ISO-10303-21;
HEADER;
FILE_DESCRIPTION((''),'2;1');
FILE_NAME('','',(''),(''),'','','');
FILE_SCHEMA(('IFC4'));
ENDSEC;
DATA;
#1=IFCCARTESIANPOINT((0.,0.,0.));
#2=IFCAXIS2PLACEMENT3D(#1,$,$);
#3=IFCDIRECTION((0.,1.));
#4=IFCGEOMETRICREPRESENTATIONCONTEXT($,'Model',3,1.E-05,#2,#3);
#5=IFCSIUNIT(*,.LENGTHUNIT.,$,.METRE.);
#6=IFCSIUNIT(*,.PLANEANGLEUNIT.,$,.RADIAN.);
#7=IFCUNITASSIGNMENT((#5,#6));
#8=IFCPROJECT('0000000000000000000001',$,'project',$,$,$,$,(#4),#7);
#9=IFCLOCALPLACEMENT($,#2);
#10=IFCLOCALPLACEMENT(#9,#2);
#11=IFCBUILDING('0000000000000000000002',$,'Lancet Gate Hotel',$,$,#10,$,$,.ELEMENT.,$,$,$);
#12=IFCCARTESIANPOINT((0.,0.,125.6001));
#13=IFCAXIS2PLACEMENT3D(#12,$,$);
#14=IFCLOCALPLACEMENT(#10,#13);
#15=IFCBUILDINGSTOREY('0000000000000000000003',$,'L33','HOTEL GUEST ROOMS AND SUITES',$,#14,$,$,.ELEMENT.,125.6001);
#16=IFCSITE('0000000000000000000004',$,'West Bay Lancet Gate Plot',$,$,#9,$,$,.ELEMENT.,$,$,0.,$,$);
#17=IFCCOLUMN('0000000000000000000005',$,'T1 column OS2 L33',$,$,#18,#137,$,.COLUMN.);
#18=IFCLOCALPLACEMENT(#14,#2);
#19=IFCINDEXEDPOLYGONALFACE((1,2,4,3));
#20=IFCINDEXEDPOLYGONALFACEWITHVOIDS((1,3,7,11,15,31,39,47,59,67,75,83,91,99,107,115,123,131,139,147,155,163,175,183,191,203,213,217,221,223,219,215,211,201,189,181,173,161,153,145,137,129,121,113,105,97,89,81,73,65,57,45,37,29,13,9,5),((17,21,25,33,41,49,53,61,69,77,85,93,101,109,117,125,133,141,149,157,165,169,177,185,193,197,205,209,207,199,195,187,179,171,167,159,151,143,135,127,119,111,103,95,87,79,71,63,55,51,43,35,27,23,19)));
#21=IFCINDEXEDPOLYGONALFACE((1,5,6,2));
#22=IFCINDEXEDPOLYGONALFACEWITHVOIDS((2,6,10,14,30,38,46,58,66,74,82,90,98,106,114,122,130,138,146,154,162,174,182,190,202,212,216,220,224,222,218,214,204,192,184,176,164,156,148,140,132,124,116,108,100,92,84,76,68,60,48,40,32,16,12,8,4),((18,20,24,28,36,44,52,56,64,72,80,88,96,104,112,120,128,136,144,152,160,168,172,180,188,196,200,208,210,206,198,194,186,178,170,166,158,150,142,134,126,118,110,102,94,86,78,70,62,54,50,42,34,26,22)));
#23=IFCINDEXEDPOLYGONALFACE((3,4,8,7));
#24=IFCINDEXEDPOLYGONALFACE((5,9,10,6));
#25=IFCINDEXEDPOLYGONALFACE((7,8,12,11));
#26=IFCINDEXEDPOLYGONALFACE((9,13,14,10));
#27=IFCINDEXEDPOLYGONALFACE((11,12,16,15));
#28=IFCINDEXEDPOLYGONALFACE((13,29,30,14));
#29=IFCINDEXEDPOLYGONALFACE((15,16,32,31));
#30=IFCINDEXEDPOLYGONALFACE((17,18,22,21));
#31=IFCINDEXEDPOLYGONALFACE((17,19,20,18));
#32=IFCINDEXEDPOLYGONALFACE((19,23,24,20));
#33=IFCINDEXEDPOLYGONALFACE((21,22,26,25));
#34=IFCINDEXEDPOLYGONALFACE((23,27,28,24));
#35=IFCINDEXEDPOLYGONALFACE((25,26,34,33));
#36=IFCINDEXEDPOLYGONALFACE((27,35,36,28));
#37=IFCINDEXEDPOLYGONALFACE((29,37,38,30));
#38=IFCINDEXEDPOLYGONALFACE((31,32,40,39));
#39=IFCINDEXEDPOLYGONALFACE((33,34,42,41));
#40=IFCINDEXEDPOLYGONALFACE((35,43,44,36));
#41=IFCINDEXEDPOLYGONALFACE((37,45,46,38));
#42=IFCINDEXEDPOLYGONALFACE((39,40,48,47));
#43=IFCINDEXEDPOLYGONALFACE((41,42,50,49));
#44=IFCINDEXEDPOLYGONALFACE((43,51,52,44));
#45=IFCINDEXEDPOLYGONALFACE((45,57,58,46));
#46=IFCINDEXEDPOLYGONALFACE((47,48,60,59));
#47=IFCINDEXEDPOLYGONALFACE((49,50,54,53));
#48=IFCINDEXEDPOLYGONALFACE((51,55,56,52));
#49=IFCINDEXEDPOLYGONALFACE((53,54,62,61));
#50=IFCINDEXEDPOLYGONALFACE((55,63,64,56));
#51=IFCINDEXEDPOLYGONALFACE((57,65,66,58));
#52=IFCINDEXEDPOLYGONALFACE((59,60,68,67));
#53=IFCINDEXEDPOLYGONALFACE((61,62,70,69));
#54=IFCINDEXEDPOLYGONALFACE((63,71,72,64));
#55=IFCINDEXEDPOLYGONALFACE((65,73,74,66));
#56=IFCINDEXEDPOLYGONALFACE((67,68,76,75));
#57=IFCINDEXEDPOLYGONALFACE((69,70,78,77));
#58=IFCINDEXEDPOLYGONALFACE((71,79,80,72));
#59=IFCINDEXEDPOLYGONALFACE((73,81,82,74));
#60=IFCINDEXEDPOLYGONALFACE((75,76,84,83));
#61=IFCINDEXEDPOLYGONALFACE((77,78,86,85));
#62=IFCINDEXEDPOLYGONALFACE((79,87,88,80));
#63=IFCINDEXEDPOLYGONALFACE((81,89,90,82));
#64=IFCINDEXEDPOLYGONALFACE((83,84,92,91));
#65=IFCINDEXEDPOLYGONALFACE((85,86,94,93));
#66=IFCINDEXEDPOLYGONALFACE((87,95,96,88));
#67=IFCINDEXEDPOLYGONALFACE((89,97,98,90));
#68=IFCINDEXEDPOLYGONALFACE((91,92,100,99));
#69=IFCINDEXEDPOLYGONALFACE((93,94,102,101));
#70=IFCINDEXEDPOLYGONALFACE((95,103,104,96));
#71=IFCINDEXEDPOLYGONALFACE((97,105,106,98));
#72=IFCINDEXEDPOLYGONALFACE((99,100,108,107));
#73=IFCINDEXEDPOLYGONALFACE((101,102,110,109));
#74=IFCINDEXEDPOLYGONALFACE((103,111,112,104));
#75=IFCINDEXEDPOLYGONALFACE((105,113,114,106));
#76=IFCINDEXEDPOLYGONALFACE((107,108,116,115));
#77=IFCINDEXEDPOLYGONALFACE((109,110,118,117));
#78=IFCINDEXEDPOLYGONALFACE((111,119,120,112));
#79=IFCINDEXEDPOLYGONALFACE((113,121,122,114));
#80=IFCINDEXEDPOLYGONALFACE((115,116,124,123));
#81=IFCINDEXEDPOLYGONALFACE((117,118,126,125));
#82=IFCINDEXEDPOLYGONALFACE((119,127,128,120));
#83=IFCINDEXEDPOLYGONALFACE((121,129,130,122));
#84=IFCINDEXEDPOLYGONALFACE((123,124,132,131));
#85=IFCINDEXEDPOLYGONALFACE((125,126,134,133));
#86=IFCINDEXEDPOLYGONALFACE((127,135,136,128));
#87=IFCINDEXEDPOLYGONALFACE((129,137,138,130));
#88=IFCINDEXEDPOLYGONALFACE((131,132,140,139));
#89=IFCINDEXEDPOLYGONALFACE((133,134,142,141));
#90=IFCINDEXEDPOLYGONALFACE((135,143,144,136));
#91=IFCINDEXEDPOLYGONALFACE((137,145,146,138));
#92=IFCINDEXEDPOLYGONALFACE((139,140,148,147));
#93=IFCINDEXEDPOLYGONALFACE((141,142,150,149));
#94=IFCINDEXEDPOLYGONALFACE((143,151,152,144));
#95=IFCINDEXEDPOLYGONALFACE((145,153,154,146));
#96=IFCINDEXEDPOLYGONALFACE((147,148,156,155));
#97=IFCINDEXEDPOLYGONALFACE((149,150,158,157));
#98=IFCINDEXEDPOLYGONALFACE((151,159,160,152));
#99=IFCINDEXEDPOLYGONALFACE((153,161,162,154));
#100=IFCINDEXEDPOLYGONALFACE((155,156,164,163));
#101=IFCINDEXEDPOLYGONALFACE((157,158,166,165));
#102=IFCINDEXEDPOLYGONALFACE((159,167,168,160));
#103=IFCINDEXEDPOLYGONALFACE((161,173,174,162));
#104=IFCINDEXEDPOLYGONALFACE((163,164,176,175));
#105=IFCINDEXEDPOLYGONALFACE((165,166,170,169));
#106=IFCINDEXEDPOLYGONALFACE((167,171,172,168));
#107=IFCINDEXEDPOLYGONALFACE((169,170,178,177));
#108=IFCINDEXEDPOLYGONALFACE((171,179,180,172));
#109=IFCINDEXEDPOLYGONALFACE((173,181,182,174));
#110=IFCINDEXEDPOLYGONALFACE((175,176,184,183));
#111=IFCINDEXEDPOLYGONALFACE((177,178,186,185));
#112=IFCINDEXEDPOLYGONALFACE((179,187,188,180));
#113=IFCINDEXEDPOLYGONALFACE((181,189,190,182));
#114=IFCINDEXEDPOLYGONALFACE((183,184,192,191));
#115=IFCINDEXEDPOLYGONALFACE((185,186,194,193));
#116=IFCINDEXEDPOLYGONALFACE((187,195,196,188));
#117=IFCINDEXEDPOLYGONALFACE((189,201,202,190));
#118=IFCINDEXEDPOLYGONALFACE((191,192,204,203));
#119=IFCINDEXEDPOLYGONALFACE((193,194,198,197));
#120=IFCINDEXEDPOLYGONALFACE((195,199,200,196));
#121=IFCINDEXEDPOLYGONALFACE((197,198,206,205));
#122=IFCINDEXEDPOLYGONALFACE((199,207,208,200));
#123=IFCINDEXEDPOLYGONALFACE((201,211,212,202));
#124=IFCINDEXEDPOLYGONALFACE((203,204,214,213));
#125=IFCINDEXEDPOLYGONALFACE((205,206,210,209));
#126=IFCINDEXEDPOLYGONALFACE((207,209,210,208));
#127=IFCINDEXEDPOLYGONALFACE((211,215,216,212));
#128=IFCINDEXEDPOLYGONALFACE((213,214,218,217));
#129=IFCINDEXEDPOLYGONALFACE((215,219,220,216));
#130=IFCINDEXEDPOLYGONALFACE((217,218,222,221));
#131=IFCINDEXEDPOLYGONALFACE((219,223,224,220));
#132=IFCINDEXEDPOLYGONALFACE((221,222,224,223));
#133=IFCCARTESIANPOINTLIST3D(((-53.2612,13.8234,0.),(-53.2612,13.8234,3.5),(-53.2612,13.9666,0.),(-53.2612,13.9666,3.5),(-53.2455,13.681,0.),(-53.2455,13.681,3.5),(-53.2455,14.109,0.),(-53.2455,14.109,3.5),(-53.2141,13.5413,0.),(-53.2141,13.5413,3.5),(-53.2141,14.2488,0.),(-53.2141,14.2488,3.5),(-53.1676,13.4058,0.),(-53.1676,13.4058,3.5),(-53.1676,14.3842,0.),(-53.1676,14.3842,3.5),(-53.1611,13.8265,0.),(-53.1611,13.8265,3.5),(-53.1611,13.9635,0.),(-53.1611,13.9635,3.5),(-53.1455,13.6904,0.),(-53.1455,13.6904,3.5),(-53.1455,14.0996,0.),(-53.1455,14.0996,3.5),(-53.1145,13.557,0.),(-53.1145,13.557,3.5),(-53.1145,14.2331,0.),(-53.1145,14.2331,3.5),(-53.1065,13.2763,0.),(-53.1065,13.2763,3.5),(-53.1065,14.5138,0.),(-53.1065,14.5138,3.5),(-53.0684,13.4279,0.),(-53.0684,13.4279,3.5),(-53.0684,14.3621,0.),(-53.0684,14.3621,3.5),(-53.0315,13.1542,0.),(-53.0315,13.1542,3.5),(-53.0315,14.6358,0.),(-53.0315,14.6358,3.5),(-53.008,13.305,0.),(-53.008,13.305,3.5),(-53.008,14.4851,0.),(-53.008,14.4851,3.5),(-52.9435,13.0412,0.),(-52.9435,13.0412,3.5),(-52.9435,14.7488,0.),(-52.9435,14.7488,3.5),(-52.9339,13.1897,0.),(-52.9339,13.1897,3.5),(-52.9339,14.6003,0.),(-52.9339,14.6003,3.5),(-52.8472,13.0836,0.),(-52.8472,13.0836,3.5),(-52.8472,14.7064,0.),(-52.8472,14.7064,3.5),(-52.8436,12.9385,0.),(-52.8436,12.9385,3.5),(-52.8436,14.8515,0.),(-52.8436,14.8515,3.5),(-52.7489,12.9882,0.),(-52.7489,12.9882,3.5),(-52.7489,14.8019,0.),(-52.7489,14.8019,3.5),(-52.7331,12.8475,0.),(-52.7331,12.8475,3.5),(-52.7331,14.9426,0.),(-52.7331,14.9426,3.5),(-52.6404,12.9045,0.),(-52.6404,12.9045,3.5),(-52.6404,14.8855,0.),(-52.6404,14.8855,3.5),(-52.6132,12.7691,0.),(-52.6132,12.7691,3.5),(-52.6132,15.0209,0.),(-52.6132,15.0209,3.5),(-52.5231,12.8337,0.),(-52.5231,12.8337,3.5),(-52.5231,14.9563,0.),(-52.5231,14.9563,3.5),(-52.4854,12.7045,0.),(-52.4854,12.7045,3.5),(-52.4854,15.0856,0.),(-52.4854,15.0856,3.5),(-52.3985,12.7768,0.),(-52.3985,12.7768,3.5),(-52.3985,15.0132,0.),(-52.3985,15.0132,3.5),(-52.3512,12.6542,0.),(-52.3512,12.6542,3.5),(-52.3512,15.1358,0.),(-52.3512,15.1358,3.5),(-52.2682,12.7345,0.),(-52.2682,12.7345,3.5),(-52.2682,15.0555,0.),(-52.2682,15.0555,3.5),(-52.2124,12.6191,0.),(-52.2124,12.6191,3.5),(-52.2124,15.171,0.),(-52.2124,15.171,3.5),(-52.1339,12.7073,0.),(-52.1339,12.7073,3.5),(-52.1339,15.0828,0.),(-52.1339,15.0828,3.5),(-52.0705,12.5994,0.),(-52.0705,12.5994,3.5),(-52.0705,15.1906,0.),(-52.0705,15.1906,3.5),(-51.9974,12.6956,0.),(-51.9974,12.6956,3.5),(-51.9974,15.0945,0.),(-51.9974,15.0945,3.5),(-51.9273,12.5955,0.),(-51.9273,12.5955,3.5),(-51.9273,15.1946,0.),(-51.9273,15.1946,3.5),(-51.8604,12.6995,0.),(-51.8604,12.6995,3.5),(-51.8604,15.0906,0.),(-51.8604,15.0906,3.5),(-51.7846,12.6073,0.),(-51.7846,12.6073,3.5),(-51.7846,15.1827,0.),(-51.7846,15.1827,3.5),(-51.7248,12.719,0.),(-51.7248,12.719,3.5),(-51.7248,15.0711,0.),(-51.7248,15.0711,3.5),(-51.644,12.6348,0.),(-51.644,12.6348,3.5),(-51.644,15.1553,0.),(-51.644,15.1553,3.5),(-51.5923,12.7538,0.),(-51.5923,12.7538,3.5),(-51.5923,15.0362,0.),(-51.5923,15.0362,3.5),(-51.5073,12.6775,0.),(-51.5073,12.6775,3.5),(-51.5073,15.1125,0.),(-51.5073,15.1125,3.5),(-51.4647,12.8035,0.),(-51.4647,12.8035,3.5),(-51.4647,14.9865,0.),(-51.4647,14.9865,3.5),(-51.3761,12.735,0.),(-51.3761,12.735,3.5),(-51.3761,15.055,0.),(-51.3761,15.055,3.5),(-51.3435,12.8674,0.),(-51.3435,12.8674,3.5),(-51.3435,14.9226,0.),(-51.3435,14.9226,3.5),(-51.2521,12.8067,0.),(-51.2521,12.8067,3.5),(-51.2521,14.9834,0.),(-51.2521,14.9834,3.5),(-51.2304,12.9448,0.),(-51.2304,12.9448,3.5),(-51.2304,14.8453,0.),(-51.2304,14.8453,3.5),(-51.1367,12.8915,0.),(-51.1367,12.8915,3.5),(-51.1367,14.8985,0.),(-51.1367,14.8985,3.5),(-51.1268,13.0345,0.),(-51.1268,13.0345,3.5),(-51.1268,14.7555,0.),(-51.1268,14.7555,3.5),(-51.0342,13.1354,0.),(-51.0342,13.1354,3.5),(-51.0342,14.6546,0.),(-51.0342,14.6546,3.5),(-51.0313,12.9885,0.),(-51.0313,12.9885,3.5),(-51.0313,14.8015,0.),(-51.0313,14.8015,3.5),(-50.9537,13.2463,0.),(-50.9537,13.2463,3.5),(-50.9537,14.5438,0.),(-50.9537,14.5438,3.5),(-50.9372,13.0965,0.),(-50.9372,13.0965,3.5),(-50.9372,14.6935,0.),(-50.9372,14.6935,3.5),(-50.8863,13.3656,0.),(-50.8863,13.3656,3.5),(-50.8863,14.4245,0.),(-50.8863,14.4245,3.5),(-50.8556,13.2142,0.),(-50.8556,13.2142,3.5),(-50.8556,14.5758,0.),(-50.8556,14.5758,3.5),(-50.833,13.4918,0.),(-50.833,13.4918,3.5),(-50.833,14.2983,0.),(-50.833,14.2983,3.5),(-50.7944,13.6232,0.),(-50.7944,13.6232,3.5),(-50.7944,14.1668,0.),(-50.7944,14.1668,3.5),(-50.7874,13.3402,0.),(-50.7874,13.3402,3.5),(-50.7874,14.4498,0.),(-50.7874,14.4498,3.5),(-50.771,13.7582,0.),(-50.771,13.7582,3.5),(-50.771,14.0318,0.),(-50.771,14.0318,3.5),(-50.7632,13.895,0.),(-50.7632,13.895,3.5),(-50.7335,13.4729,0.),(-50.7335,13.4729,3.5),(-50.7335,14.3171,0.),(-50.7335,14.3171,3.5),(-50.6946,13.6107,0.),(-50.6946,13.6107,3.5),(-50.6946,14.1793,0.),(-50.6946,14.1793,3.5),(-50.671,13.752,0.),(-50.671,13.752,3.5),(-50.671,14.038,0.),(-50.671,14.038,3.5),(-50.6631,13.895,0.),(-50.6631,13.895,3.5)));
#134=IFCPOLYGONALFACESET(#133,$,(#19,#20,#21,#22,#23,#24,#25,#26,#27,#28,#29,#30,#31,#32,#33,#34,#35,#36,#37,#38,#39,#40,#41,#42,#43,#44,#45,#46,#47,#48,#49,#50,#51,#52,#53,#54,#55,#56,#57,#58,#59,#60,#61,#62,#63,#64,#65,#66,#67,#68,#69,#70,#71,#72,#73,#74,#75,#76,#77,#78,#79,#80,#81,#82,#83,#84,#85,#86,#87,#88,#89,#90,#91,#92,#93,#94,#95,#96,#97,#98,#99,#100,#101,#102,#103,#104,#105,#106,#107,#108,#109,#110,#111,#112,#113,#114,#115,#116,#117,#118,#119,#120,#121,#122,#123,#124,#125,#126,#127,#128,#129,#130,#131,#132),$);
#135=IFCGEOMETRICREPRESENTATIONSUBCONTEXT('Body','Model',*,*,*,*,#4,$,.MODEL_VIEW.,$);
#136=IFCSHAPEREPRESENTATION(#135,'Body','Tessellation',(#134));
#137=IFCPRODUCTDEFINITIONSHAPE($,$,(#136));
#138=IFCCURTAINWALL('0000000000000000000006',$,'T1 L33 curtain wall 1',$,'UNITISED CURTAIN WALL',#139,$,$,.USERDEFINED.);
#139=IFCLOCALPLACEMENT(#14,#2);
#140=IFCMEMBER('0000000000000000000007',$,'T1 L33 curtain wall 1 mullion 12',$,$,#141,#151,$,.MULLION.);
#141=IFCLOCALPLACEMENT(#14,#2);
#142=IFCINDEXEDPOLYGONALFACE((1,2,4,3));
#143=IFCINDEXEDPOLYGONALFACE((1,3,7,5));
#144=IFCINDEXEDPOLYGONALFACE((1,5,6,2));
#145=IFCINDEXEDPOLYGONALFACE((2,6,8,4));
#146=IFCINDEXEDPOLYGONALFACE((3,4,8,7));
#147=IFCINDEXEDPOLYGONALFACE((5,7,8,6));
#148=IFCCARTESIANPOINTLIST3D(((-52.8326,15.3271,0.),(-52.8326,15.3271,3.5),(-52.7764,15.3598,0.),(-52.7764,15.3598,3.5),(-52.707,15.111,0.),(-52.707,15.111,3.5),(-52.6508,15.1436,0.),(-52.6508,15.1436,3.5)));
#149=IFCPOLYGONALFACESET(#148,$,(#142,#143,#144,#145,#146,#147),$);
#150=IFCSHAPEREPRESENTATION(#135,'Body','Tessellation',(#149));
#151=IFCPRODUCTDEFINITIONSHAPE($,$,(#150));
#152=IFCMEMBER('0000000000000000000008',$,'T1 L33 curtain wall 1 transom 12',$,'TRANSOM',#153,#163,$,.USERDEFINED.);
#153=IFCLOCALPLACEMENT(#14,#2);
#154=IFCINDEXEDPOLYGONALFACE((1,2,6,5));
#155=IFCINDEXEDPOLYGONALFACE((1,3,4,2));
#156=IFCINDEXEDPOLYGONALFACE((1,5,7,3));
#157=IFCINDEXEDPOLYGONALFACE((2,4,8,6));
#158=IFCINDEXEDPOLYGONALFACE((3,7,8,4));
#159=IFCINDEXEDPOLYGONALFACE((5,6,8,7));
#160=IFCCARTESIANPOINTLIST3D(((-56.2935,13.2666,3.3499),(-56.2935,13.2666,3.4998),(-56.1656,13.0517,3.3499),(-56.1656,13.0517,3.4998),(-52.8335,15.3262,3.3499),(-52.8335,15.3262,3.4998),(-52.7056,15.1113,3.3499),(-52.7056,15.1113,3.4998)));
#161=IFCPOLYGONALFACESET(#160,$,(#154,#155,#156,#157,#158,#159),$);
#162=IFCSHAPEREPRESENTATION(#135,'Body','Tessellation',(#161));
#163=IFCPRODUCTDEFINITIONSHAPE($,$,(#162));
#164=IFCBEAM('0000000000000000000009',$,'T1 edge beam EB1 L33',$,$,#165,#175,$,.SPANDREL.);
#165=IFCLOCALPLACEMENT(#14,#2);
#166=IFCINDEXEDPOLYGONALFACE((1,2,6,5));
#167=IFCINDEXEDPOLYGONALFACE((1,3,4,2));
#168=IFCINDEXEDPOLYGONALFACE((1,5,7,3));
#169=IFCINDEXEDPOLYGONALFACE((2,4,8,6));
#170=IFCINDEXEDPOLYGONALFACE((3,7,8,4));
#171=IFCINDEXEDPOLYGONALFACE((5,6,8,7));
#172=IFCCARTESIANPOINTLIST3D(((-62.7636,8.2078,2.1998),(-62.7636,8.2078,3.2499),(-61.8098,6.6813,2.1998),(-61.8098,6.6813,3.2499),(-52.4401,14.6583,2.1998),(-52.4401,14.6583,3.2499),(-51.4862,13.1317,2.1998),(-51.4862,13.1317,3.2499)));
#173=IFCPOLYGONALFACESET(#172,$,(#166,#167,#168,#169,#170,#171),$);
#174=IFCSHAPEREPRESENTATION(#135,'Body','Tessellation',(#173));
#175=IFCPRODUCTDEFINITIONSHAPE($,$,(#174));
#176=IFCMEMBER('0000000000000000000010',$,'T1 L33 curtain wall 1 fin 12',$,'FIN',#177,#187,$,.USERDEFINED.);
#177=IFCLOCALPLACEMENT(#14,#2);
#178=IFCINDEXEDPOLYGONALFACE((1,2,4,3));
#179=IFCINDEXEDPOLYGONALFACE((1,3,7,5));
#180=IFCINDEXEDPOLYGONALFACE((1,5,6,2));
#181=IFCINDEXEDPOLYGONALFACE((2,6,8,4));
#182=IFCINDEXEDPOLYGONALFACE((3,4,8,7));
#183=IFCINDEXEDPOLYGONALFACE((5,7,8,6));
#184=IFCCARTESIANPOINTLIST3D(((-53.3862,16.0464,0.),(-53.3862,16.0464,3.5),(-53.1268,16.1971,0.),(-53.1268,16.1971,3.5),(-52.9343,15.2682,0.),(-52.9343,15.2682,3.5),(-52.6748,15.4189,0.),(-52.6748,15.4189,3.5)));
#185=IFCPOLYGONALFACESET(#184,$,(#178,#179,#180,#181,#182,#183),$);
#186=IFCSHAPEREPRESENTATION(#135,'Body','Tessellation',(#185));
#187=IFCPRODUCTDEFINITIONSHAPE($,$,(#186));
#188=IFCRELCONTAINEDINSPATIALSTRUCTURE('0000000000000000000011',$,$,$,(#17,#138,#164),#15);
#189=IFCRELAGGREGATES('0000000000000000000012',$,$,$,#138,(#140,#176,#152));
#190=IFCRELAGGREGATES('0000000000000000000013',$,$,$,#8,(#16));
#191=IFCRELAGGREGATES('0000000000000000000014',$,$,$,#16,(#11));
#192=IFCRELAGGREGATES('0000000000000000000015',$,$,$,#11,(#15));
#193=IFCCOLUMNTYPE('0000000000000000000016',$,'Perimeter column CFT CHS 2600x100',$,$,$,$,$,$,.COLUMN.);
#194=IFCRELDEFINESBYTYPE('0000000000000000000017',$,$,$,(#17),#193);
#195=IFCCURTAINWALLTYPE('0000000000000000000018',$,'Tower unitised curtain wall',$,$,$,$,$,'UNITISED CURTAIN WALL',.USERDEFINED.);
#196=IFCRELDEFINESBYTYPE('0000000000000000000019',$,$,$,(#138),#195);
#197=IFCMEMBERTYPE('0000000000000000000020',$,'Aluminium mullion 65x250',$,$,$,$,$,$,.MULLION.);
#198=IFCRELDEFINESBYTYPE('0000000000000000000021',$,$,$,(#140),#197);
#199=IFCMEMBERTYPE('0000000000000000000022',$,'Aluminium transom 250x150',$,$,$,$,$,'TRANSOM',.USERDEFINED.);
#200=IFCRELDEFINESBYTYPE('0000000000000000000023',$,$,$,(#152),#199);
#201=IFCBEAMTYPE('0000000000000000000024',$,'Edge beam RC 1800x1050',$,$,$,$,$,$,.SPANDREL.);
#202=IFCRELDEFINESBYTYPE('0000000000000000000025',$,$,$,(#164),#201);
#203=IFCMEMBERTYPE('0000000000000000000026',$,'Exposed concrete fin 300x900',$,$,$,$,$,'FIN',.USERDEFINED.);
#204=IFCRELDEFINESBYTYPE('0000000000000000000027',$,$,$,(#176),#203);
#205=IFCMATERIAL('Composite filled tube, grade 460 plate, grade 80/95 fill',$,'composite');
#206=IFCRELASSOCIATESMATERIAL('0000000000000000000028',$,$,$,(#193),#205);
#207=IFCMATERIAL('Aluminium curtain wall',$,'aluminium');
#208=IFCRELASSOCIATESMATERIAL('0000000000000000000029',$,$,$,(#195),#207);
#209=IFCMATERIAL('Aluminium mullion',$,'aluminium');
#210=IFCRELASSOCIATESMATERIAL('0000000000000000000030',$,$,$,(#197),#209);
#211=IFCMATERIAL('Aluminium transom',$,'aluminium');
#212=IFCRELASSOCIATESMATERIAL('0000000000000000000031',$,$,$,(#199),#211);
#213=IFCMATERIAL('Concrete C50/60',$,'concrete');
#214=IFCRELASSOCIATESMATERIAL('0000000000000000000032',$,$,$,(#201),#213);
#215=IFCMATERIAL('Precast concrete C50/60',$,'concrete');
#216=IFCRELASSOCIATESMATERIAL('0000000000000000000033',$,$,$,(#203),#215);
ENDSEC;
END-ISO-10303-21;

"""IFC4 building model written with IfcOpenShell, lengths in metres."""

from ifc_helpers import new_model, si_unit, direction, frame, origin, origin_2d, place, context, subcontext, project, spatial, rectangle, hollow_circle, extrude, material, material_profile, profile_set, type_object, element, aggregate, save


model = new_model("IFC4")

# Units and contexts
model_context = context("Model", 3, precision=1e-05, world=origin(), true_north=direction((0.0, 1.0)))
body_context = subcontext(model_context, "Body", "Model", "MODEL_VIEW")
ifc_project = project(units=[si_unit("LENGTHUNIT", "METRE"), si_unit("PLANEANGLEUNIT", "RADIAN")], contexts=[model_context])

# Site, building, storey
site_placement = place(None, origin())
site = spatial("IfcSite", under=ifc_project, at=site_placement, Name="West Bay Lancet Gate Plot", CompositionType="ELEMENT", RefElevation=0.0)
building_placement = place(site_placement, origin())
building = spatial("IfcBuilding", under=site, at=building_placement, Name="Lancet Gate Hotel", CompositionType="ELEMENT")
storey_placement = place(building_placement, frame((0.0, 0.0, 125.6001)))
storey = spatial("IfcBuildingStorey", under=building, at=storey_placement, Name="L33", Description="HOTEL GUEST ROOMS AND SUITES", CompositionType="ELEMENT", Elevation=125.6001)

# Column
ifc_material_1 = material(Name="Composite filled tube, grade 460 plate, grade 80/95 fill", Category="composite")
ifc_material_profile_1 = material_profile(ifc_material_1, hollow_circle(Radius=1.3, WallThickness=0.1001, at=origin_2d()), Name="CHS 2600x100")
ifc_profile_set_1 = profile_set([ifc_material_profile_1], Name="Composite filled tube, grade 460 plate, grade 80/95 fill")
column_type = type_object("IfcColumnType", Name="Perimeter column CFT CHS 2600x100", PredefinedType="COLUMN", material=ifc_profile_set_1)
column_placement = place(storey_placement, frame((-51.9631, 13.895, 0.0), z_axis=(0.0, 0.0, 1.0), x_axis=(1.0, 0.0, 0.0)))
element("IfcColumn", 1, at=column_placement, inside=storey, type_object=column_type, Name="T1 column OS2 L33", PredefinedType="COLUMN", context=body_context, shape_type="SweptSolid", body=[
    extrude(hollow_circle(Radius=1.3, WallThickness=0.1001, at=origin_2d()), origin(), (0.0, 0.0, 1.0), 3.5),
])

# Curtain wall, members
ifc_material_2 = material(Name="Aluminium curtain wall", Category="aluminium")
curtain_wall_type = type_object("IfcCurtainWallType", Name="Tower unitised curtain wall", ElementType="UNITISED CURTAIN WALL", PredefinedType="USERDEFINED", material=ifc_material_2)
curtain_wall_placement = place(storey_placement, origin())
curtain_wall = element("IfcCurtainWall", 2, at=curtain_wall_placement, inside=storey, type_object=curtain_wall_type, Name="T1 L33 curtain wall 1", ObjectType="UNITISED CURTAIN WALL", PredefinedType="USERDEFINED")
ifc_material_3 = material(Name="Aluminium mullion", Category="aluminium")
ifc_material_profile_2 = material_profile(ifc_material_3, rectangle(XDim=0.0649, YDim=0.25, at=origin_2d()), Name="MULLION 65x250")
ifc_profile_set_2 = profile_set([ifc_material_profile_2], Name="Aluminium mullion")
member_type_1 = type_object("IfcMemberType", Name="Aluminium mullion 65x250", PredefinedType="MULLION", material=ifc_profile_set_2)
member_1_placement = place(storey_placement, frame((-52.7417, 15.2354, 0.0), z_axis=(0.0, 0.0, 1.0), x_axis=(-0.864728, -0.502241, 0.0)))
member_1 = element("IfcMember", 3, at=member_1_placement, type_object=member_type_1, Name="T1 L33 curtain wall 1 mullion 12", PredefinedType="MULLION", context=body_context, shape_type="SweptSolid", body=[
    extrude(rectangle(XDim=0.0649, YDim=0.25, at=origin_2d()), origin(), (0.0, 0.0, 1.0), 3.5),
])
ifc_material_4 = material(Name="Aluminium transom", Category="aluminium")
ifc_material_profile_3 = material_profile(ifc_material_4, rectangle(XDim=0.25, YDim=0.1499, at=origin_2d()), Name="TRANSOM 250x150")
ifc_profile_set_3 = profile_set([ifc_material_profile_3], Name="Aluminium transom")
member_type_2 = type_object("IfcMemberType", Name="Aluminium transom 250x150", ElementType="TRANSOM", PredefinedType="USERDEFINED", material=ifc_profile_set_3)
member_2_placement = place(storey_placement, frame((-52.7695, 15.2188, 3.4248), z_axis=(-0.859285, -0.511497, 0.0), x_axis=(0.511497, -0.859285, 0.0)))
member_2 = element("IfcMember", 4, at=member_2_placement, type_object=member_type_2, Name="T1 L33 curtain wall 1 transom 12", ObjectType="TRANSOM", PredefinedType="USERDEFINED", context=body_context, shape_type="SweptSolid", body=[
    extrude(rectangle(XDim=0.25, YDim=0.1499, at=origin_2d()), origin(), (0.0, 0.0, 1.0), 4.0266),
])

# Beam
ifc_material_5 = material(Name="Concrete C50/60", Category="concrete")
ifc_material_profile_4 = material_profile(ifc_material_5, rectangle(XDim=1.8, YDim=1.05, at=origin_2d()), Name="RC 1800x1050")
ifc_profile_set_4 = profile_set([ifc_material_profile_4], Name="Concrete C50/60")
beam_type_1 = type_object("IfcBeamType", Name="Edge beam RC 1800x1050", PredefinedType="SPANDREL", material=ifc_profile_set_4)
beam_1_placement = place(storey_placement, frame((-51.9631, 13.895, 2.7249), z_axis=(-0.848063, -0.529896, 0.0), x_axis=(0.529896, -0.848063, 0.0)))
element("IfcBeam", 5, at=beam_1_placement, inside=storey, type_object=beam_type_1, Name="T1 edge beam EB1 L33", PredefinedType="SPANDREL", context=body_context, shape_type="SweptSolid", body=[
    extrude(rectangle(XDim=1.8, YDim=1.05, at=origin_2d()), origin(), (0.0, 0.0, 1.0), 12.1731),
])

# Member
ifc_material_6 = material(Name="Precast concrete C50/60", Category="concrete")
ifc_material_profile_5 = material_profile(ifc_material_6, rectangle(XDim=0.3, YDim=0.8999, at=origin_2d()), Name="FIN 300x900")
ifc_profile_set_5 = profile_set([ifc_material_profile_5], Name="Precast concrete C50/60")
member_type_3 = type_object("IfcMemberType", Name="Exposed concrete fin 300x900", ElementType="FIN", PredefinedType="USERDEFINED", material=ifc_profile_set_5)
member_3_placement = place(storey_placement, frame((-53.0305, 15.7327, 0.0), z_axis=(0.0, 0.0, 1.0), x_axis=(-0.864728, -0.502241, 0.0)))
member_3 = element("IfcMember", 6, at=member_3_placement, type_object=member_type_3, Name="T1 L33 curtain wall 1 fin 12", ObjectType="FIN", PredefinedType="USERDEFINED", context=body_context, shape_type="SweptSolid", body=[
    extrude(rectangle(XDim=0.3, YDim=0.8999, at=origin_2d()), origin(), (0.0, 0.0, 1.0), 3.5),
])

aggregate(curtain_wall, [member_1, member_3, member_2])

save(model, "model.ifc")
